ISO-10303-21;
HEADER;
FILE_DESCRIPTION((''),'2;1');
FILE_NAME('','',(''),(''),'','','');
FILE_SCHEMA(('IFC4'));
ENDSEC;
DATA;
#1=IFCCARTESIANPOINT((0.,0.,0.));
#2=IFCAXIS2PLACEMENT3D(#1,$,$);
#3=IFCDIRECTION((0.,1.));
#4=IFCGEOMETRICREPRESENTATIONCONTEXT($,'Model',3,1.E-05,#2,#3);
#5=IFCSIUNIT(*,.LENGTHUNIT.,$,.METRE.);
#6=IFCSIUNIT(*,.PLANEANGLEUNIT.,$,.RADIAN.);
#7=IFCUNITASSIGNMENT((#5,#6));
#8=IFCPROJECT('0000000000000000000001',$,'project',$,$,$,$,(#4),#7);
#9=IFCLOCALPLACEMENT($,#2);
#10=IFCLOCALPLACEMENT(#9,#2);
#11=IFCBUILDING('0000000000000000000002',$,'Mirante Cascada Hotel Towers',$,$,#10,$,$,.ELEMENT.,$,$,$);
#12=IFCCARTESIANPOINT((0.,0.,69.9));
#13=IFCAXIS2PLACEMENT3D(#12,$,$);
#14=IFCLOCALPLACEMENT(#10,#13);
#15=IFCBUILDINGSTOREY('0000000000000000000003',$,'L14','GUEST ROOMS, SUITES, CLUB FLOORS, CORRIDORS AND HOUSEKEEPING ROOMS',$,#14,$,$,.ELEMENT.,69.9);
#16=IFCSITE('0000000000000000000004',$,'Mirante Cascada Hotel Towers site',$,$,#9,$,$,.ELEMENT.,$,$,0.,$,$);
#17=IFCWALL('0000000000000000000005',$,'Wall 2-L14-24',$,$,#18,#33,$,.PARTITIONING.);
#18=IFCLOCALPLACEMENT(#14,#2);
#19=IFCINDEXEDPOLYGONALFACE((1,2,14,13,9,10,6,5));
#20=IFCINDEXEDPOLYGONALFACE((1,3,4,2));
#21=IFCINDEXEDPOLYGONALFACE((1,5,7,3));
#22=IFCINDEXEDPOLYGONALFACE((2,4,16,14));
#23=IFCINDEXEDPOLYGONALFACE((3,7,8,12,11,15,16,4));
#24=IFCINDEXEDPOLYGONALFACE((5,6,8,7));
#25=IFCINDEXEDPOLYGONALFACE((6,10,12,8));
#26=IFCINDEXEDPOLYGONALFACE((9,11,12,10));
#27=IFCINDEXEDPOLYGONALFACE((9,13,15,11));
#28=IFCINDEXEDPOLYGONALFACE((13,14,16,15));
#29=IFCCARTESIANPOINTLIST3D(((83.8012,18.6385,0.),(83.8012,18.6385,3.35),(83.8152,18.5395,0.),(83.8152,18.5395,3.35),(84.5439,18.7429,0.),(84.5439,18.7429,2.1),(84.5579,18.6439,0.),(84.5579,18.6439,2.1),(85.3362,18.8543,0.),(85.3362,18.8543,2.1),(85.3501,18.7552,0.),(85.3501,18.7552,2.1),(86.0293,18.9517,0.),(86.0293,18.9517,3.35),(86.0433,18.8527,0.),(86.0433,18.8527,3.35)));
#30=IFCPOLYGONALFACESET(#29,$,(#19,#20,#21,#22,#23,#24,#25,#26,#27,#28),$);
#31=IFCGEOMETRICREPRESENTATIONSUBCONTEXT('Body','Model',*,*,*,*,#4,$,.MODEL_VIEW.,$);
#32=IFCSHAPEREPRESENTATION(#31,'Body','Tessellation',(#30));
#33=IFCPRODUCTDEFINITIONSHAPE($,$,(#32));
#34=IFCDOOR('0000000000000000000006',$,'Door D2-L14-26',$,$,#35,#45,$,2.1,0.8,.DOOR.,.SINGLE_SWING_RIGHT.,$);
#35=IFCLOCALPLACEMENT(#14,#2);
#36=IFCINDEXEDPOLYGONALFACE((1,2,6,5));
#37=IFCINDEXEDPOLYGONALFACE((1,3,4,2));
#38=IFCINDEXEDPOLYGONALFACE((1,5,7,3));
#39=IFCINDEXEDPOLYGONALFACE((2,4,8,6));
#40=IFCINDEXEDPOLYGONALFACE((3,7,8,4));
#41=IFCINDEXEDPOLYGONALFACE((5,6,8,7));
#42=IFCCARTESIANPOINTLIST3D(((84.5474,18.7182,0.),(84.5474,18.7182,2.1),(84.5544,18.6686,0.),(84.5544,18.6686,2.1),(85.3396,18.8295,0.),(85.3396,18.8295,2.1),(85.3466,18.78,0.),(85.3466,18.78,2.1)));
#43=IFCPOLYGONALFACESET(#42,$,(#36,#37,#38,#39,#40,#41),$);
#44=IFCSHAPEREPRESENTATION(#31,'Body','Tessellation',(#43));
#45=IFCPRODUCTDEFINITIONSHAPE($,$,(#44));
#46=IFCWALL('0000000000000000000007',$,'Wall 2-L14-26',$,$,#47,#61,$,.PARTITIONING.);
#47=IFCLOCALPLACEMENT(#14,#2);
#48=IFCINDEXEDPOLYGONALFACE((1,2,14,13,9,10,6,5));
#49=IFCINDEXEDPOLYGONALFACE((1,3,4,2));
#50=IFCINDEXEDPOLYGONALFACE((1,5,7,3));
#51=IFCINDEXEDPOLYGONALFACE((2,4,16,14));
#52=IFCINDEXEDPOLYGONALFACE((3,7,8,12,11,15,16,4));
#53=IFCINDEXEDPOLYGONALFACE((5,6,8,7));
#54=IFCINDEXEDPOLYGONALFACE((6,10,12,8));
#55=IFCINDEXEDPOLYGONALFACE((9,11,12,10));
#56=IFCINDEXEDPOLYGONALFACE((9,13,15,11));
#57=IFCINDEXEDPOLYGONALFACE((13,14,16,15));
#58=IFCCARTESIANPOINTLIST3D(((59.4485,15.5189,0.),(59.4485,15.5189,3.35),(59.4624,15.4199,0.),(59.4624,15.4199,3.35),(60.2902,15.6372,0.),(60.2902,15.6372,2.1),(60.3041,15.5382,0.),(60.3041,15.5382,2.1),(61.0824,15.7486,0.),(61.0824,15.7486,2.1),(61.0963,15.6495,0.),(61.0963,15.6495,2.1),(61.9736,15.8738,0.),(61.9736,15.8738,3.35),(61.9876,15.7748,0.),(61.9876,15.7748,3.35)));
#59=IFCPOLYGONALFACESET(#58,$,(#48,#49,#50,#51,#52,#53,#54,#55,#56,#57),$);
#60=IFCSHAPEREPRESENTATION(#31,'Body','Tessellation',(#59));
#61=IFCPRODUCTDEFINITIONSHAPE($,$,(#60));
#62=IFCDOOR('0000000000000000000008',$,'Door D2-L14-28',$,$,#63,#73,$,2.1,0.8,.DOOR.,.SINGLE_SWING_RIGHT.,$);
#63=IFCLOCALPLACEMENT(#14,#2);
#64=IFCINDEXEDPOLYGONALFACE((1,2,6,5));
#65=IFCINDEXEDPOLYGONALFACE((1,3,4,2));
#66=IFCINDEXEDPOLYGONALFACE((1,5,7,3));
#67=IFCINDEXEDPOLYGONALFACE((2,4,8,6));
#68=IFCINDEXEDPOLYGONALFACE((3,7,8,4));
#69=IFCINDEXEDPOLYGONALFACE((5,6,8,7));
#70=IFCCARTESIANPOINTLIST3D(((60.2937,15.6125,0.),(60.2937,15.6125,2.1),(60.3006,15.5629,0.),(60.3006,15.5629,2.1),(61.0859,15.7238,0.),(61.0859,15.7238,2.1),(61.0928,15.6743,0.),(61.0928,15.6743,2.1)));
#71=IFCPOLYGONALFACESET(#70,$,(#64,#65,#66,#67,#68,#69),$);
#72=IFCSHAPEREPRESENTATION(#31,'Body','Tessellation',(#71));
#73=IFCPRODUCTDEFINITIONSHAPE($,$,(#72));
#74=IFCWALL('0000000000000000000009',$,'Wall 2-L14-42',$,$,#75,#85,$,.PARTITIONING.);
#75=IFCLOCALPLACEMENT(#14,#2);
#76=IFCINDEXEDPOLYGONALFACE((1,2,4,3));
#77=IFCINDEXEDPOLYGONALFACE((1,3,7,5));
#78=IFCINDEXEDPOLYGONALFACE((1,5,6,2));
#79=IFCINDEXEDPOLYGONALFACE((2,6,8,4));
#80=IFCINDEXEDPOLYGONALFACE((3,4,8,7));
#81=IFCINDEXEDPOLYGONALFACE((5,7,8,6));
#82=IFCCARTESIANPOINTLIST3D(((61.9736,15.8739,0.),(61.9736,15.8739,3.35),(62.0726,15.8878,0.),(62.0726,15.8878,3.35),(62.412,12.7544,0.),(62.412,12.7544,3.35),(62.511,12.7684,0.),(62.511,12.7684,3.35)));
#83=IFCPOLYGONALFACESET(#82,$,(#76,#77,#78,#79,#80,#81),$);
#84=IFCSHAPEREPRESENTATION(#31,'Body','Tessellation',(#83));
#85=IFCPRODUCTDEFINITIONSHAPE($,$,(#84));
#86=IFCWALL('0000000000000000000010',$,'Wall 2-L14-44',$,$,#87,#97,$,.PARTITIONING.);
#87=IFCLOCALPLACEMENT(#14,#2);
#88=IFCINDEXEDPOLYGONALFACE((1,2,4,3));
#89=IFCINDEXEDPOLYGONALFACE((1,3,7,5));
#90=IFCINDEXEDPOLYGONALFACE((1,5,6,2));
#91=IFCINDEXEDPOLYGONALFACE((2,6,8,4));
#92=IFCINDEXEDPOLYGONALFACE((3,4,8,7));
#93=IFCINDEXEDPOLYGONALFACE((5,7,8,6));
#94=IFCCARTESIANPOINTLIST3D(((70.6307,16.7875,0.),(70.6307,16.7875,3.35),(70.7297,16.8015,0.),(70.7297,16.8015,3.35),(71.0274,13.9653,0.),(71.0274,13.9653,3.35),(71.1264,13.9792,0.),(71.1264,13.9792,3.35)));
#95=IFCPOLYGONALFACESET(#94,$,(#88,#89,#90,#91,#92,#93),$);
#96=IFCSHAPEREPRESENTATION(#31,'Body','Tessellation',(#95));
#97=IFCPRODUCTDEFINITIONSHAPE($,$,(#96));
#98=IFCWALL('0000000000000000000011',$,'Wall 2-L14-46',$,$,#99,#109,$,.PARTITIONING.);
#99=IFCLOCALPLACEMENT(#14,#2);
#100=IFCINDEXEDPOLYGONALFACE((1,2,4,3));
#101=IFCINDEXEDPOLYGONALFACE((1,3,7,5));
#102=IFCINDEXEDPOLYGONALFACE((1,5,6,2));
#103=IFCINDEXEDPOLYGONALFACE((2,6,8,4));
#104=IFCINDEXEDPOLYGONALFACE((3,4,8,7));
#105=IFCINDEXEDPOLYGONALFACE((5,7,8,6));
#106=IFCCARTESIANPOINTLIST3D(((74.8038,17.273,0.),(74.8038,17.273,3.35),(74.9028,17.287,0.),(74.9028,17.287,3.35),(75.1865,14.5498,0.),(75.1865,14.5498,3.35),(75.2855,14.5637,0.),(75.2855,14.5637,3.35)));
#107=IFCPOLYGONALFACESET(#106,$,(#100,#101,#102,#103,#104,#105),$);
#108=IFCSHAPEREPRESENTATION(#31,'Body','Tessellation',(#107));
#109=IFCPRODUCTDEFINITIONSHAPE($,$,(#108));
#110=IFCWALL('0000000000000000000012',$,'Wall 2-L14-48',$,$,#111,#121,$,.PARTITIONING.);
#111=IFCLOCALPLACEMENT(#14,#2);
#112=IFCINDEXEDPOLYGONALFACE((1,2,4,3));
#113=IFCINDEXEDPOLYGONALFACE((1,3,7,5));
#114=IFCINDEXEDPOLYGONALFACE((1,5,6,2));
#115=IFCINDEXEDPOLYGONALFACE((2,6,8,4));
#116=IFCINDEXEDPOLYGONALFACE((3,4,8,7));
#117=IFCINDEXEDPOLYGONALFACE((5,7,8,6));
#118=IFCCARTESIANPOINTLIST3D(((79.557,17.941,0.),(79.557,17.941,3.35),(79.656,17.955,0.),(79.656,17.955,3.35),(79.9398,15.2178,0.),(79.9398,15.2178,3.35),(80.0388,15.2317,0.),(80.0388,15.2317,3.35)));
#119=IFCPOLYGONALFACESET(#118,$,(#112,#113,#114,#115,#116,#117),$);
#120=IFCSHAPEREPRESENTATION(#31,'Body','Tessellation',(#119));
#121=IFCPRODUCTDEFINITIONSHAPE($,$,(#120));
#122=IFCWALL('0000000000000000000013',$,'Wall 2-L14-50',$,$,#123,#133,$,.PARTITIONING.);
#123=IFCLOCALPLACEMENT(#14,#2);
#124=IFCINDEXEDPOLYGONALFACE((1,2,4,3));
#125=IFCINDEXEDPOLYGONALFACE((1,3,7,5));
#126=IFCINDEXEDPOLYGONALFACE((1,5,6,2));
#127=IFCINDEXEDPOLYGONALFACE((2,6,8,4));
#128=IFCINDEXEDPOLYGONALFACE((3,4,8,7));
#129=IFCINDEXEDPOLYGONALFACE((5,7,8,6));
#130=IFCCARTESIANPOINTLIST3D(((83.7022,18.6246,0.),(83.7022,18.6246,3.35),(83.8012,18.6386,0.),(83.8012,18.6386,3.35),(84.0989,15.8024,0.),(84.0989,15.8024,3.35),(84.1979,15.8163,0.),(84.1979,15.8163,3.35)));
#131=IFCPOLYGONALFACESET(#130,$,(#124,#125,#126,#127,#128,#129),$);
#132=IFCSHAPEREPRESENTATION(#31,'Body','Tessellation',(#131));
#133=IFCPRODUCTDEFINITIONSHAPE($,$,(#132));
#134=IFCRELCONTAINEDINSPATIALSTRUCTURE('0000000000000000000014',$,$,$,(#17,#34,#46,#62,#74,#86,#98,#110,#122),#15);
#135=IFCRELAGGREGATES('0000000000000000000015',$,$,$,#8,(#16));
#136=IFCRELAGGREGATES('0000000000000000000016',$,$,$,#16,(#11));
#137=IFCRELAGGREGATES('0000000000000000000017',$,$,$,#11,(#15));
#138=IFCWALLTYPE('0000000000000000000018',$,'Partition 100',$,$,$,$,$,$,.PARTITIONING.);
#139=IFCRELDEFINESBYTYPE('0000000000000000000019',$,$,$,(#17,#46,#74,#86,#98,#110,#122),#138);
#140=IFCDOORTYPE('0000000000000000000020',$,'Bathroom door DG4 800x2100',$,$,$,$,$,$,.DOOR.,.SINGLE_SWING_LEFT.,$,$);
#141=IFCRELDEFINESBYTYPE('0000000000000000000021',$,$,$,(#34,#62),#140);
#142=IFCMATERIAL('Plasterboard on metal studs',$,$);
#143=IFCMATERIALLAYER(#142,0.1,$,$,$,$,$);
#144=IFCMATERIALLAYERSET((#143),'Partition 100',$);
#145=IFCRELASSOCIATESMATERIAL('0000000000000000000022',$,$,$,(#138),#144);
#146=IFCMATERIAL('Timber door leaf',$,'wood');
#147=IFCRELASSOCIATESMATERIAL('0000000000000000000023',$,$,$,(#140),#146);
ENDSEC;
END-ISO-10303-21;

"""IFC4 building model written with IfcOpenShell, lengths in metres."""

from ifc_helpers import new_model, si_unit, direction, frame, frame_2d, origin, place, context, subcontext, project, spatial, rectangle, extrude, material, layer, layer_set, type_object, element, fill, save


model = new_model("IFC4")

# Units and contexts
model_context = context("Model", 3, precision=1e-05, world=origin(), true_north=direction((0.0, 1.0)))
body_context = subcontext(model_context, "Body", "Model", "MODEL_VIEW")
ifc_project = project(units=[si_unit("LENGTHUNIT", "METRE"), si_unit("PLANEANGLEUNIT", "RADIAN")], contexts=[model_context])

# Site, building, storey
site_placement = place(None, origin())
site = spatial("IfcSite", under=ifc_project, at=site_placement, Name="Mirante Cascada Hotel Towers site", CompositionType="ELEMENT", RefElevation=0.0)
building_placement = place(site_placement, origin())
building = spatial("IfcBuilding", under=site, at=building_placement, Name="Mirante Cascada Hotel Towers", CompositionType="ELEMENT")
storey_placement = place(building_placement, frame((0.0, 0.0, 69.9)))
storey = spatial("IfcBuildingStorey", under=building, at=storey_placement, Name="L14", Description="GUEST ROOMS, SUITES, CLUB FLOORS, CORRIDORS AND HOUSEKEEPING ROOMS", CompositionType="ELEMENT", Elevation=69.9)

# Shared definitions
ifc_material_1 = material(Name="Plasterboard on metal studs")
ifc_layer_1 = layer(ifc_material_1, 0.1)
ifc_layer_set_1 = layer_set([ifc_layer_1], Name="Partition 100")
wall_type_1 = type_object("IfcWallType", Name="Partition 100", PredefinedType="PARTITIONING", material=ifc_layer_set_1)
ifc_material_2 = material(Name="Timber door leaf", Category="wood")
door_type = type_object("IfcDoorType", Name="Bathroom door DG4 800x2100", OperationType="SINGLE_SWING_LEFT", PredefinedType="DOOR", material=ifc_material_2)

# Walls, openings, doors
wall_1_placement = place(storey_placement, frame((86.0363, 18.9022, 0.0), z_axis=(0.0, 0.0, 1.0), x_axis=(-0.990264, -0.1392, 0.0)))
wall_1 = element("IfcWall", 1, at=wall_1_placement, inside=storey, type_object=wall_type_1, Name="Wall 2-L14-24", PredefinedType="PARTITIONING", context=body_context, shape_type="SweptSolid", body=[
    extrude(rectangle(XDim=2.25, YDim=0.1, at=frame_2d((1.125, 0.0))), origin(), (0.0, 0.0, 1.0), 3.35),
])
opening_1_placement = place(wall_1_placement, frame((0.7, 0.0, 0.0)))
opening_1 = element("IfcOpeningElement", 2, at=opening_1_placement, cuts=wall_1, PredefinedType="OPENING", context=body_context, shape_type="SweptSolid", body=[
    extrude(rectangle(XDim=0.8, YDim=2.1, at=frame_2d((0.4, 1.05))), frame((0.0, 0.05, 0.0), z_axis=(0.0, -1.0, 0.0), x_axis=(1.0, 0.0, 0.0)), (0.0, 0.0, 1.0), 0.1),
])
door_1_placement = place(opening_1_placement, frame((0.8, 0.0, 0.0), z_axis=(0.0, 0.0, 1.0), x_axis=(-1.0, 0.0, 0.0)))
door_1 = element("IfcDoor", 3, at=door_1_placement, inside=storey, type_object=door_type, Name="Door D2-L14-26", OperationType="SINGLE_SWING_RIGHT", OverallHeight=2.1, OverallWidth=0.8, PredefinedType="DOOR", context=body_context, shape_type="SweptSolid", body=[
    extrude(rectangle(XDim=0.8, YDim=2.1, at=frame_2d((0.4, 1.05))), frame((0.0, 0.025, 0.0), z_axis=(0.0, -1.0, 0.0), x_axis=(1.0, 0.0, 0.0)), (0.0, 0.0, 1.0), 0.05),
])
fill(opening_1, door_1)
wall_2_placement = place(storey_placement, frame((61.9806, 15.8243, 0.0), z_axis=(0.0, 0.0, 1.0), x_axis=(-0.990268, -0.139176, 0.0)))
wall_2 = element("IfcWall", 4, at=wall_2_placement, inside=storey, type_object=wall_type_1, Name="Wall 2-L14-26", PredefinedType="PARTITIONING", context=body_context, shape_type="SweptSolid", body=[
    extrude(rectangle(XDim=2.55, YDim=0.1, at=frame_2d((1.275, 0.0))), origin(), (0.0, 0.0, 1.0), 3.35),
])
opening_2_placement = place(wall_2_placement, frame((0.9, 0.0, 0.0)))
opening_2 = element("IfcOpeningElement", 5, at=opening_2_placement, cuts=wall_2, PredefinedType="OPENING", context=body_context, shape_type="SweptSolid", body=[
    extrude(rectangle(XDim=0.8, YDim=2.1, at=frame_2d((0.4, 1.05))), frame((0.0, 0.05, 0.0), z_axis=(0.0, -1.0, 0.0), x_axis=(1.0, 0.0, 0.0)), (0.0, 0.0, 1.0), 0.1),
])
door_2_placement = place(opening_2_placement, frame((0.8, 0.0, 0.0), z_axis=(0.0, 0.0, 1.0), x_axis=(-1.0, 0.0, 0.0)))
door_2 = element("IfcDoor", 6, at=door_2_placement, inside=storey, type_object=door_type, Name="Door D2-L14-28", OperationType="SINGLE_SWING_RIGHT", OverallHeight=2.1, OverallWidth=0.8, PredefinedType="DOOR", context=body_context, shape_type="SweptSolid", body=[
    extrude(rectangle(XDim=0.8, YDim=2.1, at=frame_2d((0.4, 1.05))), frame((0.0, 0.025, 0.0), z_axis=(0.0, -1.0, 0.0), x_axis=(1.0, 0.0, 0.0)), (0.0, 0.0, 1.0), 0.05),
])
fill(opening_2, door_2)

# Walls
wall_3_placement = place(storey_placement, frame((62.0231, 15.8808, 0.0), z_axis=(0.0, 0.0, 1.0), x_axis=(0.139172, -0.990268, 0.0)))
element("IfcWall", 7, at=wall_3_placement, inside=storey, type_object=wall_type_1, Name="Wall 2-L14-42", PredefinedType="PARTITIONING", context=body_context, shape_type="SweptSolid", body=[
    extrude(rectangle(XDim=3.1501, YDim=0.1, at=frame_2d((1.575, 0.0))), origin(), (0.0, 0.0, 1.0), 3.35),
])
wall_4_placement = place(storey_placement, frame((70.6802, 16.7945, 0.0), z_axis=(0.0, 0.0, 1.0), x_axis=(0.139191, -0.990266, 0.0)))
element("IfcWall", 8, at=wall_4_placement, inside=storey, type_object=wall_type_1, Name="Wall 2-L14-44", PredefinedType="PARTITIONING", context=body_context, shape_type="SweptSolid", body=[
    extrude(rectangle(XDim=2.85, YDim=0.1, at=frame_2d((1.425, 0.0))), origin(), (0.0, 0.0, 1.0), 3.35),
])
for number, where, z_axis, x_axis, name in (
    (9, (74.8533, 17.28, 0.0), (0.0, 0.0, 1.0), (0.139166, -0.990269, 0.0), "Wall 2-L14-46"),
    (10, (79.6065, 17.948, 0.0), (0.0, 0.0, 1.0), (0.139201, -0.990264, 0.0), "Wall 2-L14-48"),
):
    element("IfcWall", number, at=place(storey_placement, frame(where, z_axis=z_axis, x_axis=x_axis)), inside=storey, type_object=wall_type_1, Name=name, PredefinedType="PARTITIONING", context=body_context, shape_type="SweptSolid", body=[
        extrude(rectangle(XDim=2.75, YDim=0.1, at=frame_2d((1.375, 0.0))), origin(), (0.0, 0.0, 1.0), 3.35),
    ])
wall_5_placement = place(storey_placement, frame((83.7517, 18.6316, 0.0), z_axis=(0.0, 0.0, 1.0), x_axis=(0.139191, -0.990266, 0.0)))
element("IfcWall", 11, at=wall_5_placement, inside=storey, type_object=wall_type_1, Name="Wall 2-L14-50", PredefinedType="PARTITIONING", context=body_context, shape_type="SweptSolid", body=[
    extrude(rectangle(XDim=2.85, YDim=0.1, at=frame_2d((1.425, 0.0))), origin(), (0.0, 0.0, 1.0), 3.35),
])

save(model, "model.ifc")
